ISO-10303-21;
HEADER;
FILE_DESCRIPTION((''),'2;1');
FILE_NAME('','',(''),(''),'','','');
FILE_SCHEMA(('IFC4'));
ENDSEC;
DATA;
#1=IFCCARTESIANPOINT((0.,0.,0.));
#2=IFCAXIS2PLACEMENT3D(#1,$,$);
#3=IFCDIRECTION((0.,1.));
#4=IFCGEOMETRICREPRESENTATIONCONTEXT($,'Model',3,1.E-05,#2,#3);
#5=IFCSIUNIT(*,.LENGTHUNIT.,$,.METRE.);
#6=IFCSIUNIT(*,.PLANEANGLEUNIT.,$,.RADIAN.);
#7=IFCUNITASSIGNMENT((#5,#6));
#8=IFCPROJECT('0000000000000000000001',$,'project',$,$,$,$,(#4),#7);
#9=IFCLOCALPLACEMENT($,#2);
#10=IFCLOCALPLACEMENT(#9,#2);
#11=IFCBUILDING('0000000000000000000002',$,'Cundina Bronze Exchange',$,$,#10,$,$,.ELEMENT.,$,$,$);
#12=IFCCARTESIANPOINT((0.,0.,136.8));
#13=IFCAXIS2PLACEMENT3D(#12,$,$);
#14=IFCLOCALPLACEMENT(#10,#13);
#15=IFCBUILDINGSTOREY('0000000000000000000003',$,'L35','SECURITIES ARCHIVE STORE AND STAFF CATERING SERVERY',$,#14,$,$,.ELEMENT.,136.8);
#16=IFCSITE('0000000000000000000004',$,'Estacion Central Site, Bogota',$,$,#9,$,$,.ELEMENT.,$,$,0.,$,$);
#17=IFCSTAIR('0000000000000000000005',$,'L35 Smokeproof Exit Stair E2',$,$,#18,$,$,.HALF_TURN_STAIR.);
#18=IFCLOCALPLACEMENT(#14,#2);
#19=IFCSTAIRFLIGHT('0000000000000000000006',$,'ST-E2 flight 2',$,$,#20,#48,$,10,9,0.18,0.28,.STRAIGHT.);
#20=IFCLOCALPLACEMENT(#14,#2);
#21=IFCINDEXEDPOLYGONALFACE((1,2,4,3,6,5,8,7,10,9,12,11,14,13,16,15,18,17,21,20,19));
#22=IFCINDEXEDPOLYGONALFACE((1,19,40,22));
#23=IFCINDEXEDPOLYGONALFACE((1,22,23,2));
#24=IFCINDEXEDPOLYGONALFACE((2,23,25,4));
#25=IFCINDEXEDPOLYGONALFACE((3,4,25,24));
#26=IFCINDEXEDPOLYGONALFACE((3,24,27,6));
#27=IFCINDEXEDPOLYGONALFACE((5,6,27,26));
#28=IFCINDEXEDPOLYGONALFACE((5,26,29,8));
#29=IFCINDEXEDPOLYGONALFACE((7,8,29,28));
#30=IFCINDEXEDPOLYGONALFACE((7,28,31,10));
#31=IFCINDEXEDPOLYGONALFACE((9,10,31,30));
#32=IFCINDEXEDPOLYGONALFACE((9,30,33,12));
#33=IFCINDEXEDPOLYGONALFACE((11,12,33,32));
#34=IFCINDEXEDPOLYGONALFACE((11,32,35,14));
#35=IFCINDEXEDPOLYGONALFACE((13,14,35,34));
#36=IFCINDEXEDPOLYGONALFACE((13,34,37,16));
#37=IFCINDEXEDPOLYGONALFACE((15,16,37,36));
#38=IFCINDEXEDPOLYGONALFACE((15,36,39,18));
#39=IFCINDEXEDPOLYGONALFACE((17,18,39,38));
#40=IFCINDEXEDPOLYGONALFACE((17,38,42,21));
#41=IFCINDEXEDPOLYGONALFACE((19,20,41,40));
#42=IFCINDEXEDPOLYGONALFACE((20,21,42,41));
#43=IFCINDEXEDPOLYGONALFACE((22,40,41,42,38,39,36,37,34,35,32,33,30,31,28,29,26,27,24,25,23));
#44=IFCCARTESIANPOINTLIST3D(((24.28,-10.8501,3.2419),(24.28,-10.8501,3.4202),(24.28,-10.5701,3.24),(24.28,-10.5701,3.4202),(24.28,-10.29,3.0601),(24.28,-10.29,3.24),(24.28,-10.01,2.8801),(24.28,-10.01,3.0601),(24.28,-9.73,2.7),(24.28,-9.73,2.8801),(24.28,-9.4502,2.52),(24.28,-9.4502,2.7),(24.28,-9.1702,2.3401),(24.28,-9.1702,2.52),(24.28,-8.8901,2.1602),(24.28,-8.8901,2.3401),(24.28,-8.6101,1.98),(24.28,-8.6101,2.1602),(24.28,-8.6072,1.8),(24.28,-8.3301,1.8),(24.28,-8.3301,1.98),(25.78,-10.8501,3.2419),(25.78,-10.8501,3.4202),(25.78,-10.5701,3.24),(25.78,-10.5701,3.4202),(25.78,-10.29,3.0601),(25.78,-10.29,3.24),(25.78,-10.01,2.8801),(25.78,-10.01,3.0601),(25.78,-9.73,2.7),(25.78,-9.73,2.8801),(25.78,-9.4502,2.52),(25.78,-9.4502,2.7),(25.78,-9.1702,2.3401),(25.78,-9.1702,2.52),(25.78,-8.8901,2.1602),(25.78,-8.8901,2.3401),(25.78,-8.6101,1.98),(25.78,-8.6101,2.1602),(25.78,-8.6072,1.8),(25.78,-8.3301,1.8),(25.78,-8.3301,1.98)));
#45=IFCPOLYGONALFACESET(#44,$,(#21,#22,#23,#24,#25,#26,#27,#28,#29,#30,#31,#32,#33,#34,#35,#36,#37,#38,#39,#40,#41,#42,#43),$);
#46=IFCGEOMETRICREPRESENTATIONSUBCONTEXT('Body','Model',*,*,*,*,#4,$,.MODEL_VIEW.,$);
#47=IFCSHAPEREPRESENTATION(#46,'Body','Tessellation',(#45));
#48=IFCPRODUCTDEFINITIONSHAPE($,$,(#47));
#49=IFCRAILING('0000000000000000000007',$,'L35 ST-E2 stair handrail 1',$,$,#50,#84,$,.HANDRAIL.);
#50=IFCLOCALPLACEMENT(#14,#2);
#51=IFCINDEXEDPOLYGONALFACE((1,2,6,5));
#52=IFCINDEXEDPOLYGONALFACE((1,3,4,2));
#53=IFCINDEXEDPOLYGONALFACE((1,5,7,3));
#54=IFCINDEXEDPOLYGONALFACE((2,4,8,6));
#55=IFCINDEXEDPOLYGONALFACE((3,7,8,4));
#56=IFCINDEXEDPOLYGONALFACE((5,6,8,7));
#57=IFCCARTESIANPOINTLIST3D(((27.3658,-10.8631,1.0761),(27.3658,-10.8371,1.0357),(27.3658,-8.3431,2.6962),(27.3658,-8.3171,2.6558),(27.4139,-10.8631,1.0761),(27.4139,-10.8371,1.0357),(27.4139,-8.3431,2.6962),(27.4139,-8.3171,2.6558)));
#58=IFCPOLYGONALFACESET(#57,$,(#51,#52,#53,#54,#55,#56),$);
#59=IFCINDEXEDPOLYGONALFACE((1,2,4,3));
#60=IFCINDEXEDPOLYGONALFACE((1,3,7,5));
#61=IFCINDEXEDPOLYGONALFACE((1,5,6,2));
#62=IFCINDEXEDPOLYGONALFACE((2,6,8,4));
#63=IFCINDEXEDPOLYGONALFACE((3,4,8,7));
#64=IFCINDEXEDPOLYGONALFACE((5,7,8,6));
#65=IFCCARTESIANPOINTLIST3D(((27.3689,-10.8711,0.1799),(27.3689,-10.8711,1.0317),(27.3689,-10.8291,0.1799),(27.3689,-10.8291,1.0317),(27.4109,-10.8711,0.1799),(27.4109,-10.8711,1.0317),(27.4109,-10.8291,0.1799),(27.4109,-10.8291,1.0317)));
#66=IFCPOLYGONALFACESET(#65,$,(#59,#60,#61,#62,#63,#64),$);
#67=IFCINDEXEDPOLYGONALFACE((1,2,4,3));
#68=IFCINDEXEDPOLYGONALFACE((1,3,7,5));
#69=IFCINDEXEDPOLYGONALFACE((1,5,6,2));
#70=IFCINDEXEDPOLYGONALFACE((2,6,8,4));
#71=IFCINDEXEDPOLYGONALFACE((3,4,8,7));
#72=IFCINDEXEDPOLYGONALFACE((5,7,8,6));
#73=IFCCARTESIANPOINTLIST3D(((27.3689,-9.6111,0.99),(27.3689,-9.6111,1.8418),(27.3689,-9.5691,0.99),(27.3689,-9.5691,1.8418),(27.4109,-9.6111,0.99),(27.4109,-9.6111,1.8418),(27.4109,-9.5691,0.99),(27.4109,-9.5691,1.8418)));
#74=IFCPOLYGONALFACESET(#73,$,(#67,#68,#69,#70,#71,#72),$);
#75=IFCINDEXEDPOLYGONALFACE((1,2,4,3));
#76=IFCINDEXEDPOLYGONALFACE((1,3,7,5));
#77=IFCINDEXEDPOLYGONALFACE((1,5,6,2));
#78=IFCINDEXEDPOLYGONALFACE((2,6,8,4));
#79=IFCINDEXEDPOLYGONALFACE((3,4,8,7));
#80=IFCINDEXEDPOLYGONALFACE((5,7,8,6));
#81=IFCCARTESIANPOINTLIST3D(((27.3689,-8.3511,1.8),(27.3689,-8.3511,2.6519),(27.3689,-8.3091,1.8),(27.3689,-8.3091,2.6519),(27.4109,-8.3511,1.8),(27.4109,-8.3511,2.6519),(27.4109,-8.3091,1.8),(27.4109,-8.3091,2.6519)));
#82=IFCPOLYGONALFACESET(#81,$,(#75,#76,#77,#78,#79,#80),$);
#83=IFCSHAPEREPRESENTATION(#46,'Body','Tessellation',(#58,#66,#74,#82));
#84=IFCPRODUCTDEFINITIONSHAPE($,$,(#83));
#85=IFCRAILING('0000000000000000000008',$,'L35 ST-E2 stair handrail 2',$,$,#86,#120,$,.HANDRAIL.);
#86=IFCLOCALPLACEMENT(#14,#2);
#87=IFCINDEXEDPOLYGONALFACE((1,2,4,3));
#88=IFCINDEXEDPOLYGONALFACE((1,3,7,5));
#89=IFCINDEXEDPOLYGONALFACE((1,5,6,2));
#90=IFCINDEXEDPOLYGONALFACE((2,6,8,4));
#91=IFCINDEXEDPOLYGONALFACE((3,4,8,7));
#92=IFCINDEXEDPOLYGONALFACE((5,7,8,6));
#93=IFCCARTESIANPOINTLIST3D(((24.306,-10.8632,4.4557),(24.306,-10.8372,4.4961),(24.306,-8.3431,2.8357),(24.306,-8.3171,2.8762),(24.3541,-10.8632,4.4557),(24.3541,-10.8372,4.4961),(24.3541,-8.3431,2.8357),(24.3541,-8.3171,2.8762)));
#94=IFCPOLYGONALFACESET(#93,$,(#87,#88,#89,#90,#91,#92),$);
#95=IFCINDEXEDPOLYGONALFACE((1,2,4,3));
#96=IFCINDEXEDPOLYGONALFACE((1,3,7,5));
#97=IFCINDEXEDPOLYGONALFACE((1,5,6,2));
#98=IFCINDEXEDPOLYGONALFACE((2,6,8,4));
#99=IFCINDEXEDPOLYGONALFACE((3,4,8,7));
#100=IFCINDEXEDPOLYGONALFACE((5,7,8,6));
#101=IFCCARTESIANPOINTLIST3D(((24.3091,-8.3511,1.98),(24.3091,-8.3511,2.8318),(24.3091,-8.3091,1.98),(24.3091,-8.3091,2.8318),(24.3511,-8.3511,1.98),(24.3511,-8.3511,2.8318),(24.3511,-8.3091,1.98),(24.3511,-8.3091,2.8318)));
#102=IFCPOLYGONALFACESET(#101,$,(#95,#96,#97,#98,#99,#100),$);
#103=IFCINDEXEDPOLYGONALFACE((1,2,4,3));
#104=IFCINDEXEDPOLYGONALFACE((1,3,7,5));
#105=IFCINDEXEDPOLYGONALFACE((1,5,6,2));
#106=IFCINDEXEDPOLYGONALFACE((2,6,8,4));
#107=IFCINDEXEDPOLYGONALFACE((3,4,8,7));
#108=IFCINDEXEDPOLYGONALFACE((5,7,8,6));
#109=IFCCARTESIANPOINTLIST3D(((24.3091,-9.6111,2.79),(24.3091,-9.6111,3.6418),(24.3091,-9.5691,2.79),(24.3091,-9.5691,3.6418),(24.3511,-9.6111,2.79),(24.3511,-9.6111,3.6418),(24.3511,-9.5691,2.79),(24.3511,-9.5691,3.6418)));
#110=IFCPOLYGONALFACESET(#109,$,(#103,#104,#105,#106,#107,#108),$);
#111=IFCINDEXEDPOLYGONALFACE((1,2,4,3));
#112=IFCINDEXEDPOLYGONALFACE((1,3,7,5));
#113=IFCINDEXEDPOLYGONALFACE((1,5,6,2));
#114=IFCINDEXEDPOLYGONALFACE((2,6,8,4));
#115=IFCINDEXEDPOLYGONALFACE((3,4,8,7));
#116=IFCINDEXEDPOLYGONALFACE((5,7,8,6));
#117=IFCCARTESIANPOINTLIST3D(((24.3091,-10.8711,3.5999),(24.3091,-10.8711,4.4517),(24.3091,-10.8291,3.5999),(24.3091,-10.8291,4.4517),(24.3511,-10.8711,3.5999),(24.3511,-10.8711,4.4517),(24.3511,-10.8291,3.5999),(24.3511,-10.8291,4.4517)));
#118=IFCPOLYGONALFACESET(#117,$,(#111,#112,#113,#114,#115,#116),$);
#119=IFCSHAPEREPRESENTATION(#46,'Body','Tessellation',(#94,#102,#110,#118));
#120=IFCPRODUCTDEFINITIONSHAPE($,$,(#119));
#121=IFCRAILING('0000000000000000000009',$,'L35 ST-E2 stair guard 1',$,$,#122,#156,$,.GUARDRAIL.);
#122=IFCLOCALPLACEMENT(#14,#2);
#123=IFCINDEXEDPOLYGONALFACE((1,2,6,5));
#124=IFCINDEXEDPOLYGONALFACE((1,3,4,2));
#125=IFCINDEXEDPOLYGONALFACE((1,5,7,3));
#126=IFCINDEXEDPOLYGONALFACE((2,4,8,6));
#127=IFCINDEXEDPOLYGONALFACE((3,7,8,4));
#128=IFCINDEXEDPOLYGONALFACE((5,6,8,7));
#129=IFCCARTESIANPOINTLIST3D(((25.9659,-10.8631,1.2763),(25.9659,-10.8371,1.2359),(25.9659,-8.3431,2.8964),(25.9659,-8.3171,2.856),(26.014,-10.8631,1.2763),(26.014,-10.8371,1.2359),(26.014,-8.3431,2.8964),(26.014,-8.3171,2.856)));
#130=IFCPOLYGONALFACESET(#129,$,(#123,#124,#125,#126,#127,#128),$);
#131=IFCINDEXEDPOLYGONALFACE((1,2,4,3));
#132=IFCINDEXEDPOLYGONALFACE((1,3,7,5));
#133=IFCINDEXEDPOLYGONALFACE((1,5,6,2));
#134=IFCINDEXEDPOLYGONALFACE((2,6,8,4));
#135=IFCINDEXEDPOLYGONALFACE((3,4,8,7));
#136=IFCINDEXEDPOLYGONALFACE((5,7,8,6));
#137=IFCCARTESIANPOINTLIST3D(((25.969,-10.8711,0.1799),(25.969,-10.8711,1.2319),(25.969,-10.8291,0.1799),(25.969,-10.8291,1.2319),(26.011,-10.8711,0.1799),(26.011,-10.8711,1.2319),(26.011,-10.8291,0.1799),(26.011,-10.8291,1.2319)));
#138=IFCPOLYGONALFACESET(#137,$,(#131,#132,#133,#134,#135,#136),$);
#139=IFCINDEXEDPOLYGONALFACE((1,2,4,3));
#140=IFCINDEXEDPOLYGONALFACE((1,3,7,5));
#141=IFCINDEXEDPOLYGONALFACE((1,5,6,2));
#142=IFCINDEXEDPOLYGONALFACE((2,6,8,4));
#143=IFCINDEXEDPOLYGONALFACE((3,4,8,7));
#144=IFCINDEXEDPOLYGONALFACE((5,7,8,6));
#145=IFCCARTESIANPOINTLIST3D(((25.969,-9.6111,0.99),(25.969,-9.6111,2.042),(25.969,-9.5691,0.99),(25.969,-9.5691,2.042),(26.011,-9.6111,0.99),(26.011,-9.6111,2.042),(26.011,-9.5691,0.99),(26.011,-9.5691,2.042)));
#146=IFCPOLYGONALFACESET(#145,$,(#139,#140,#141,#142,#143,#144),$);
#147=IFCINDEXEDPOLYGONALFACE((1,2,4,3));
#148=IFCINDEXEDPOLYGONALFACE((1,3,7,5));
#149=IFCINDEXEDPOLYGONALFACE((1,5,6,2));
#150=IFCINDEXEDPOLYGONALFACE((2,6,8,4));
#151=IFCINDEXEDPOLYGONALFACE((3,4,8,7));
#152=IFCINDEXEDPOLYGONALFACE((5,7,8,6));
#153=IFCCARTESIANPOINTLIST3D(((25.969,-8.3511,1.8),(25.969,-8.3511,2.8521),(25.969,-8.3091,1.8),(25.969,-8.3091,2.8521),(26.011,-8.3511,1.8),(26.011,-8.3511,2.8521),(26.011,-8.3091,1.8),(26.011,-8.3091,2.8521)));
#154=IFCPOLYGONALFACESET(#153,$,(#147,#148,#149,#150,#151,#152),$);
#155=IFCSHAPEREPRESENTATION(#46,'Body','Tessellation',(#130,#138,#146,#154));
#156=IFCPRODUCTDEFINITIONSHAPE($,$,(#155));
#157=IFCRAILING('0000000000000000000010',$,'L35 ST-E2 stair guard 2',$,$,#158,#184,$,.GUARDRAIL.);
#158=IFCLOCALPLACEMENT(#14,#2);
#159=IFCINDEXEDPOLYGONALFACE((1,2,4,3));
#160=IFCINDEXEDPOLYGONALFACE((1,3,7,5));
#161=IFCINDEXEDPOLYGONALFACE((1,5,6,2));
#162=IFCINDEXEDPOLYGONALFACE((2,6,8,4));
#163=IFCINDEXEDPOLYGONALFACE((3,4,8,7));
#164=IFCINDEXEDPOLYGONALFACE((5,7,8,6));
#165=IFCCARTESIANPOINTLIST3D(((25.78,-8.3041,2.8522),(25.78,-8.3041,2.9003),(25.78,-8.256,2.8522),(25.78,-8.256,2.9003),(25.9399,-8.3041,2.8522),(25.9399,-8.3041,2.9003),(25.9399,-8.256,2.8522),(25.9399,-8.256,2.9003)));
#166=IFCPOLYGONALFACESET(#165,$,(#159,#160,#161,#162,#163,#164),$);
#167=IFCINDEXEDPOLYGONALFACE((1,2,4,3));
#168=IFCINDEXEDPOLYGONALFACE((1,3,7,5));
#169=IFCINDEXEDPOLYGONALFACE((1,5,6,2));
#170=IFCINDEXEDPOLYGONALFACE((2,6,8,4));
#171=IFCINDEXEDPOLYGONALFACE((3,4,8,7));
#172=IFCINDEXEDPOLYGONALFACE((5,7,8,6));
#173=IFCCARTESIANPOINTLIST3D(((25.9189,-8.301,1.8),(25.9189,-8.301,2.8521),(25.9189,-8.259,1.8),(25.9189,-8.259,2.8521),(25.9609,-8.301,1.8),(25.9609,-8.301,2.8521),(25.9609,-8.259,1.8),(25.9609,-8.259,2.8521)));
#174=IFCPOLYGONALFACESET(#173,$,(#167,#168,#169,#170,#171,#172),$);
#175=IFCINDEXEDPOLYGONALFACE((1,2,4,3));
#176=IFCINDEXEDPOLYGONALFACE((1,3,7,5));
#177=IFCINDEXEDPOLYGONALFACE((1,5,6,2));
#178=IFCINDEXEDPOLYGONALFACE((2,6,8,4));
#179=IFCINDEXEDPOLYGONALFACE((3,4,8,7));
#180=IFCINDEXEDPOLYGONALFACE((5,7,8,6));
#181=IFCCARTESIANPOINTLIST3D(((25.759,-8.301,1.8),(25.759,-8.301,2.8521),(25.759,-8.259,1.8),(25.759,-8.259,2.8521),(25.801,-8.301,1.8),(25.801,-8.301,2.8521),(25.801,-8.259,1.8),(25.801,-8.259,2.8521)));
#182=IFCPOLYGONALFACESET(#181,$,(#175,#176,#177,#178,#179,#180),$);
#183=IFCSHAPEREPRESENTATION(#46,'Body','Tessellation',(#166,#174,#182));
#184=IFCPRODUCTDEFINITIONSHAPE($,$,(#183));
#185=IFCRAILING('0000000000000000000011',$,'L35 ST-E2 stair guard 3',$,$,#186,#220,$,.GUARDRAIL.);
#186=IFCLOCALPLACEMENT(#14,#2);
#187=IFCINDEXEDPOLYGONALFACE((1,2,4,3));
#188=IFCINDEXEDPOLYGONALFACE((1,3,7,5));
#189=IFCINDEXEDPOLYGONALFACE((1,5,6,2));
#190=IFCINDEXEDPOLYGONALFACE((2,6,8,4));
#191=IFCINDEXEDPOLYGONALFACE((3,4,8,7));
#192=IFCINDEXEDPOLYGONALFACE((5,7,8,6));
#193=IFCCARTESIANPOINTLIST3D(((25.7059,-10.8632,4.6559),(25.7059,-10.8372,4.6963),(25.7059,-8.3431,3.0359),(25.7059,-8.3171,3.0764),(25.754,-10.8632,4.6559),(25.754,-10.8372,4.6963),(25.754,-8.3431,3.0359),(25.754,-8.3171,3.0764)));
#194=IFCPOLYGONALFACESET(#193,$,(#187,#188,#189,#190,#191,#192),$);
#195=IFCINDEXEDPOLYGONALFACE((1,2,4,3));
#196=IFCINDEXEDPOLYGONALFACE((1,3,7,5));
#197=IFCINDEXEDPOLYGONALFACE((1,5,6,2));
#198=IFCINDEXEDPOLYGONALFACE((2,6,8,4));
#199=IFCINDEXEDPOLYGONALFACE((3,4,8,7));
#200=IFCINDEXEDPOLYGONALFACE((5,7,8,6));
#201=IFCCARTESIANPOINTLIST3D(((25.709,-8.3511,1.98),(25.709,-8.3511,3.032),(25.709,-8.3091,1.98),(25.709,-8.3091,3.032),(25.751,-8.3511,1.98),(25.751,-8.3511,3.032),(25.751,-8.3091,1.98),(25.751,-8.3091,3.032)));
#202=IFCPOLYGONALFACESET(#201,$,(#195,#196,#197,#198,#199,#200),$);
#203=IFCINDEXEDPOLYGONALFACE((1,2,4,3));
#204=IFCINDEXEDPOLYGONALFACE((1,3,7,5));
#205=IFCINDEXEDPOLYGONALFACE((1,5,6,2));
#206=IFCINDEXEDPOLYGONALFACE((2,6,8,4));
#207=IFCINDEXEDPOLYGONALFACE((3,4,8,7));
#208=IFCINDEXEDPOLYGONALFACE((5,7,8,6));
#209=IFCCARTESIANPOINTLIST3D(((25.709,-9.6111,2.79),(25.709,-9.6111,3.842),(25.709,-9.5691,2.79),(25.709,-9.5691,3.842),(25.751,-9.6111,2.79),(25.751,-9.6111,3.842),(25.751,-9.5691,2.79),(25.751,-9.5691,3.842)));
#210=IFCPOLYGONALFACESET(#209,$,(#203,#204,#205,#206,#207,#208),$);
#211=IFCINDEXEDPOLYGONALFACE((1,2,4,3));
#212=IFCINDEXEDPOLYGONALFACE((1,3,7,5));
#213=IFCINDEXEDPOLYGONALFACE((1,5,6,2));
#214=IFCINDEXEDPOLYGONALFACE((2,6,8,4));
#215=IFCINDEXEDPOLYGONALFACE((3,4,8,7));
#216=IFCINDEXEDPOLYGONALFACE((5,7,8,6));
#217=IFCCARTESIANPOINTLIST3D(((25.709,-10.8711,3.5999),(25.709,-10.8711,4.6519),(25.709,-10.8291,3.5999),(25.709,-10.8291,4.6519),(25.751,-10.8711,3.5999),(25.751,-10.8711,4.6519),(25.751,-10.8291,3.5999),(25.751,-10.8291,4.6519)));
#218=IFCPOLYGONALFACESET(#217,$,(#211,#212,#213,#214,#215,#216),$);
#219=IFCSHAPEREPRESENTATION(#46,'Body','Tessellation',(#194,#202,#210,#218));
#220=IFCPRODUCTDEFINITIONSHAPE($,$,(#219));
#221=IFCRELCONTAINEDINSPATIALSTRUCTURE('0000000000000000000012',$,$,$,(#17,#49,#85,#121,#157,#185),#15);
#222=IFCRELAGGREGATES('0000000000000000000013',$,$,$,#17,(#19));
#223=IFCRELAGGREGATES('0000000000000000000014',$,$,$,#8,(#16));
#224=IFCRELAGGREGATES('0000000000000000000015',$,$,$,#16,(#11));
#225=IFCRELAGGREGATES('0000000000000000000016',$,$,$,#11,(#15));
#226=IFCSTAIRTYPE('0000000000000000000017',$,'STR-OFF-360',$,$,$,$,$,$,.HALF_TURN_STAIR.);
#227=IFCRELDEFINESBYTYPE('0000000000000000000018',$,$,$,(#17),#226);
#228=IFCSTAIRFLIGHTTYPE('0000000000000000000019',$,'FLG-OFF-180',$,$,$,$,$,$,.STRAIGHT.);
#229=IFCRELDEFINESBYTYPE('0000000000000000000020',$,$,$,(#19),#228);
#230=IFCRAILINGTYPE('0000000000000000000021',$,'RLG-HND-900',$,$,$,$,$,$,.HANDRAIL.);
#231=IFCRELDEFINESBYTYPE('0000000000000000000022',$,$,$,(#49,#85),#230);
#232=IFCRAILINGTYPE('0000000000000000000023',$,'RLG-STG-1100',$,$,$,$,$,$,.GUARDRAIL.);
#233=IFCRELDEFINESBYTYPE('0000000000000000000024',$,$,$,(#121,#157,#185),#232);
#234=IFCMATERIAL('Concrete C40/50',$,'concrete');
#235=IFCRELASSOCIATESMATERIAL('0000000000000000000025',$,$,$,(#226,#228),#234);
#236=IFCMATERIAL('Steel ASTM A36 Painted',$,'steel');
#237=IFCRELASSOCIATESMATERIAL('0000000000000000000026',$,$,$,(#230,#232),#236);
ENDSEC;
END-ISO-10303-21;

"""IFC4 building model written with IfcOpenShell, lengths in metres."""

from ifc_helpers import new_model, si_unit, direction, frame, origin, origin_2d, place, context, subcontext, project, spatial, polyline, rectangle, outline, extrude, material, type_object, element, aggregate, save


model = new_model("IFC4")

# Units and contexts
model_context = context("Model", 3, precision=1e-05, world=origin(), true_north=direction((0.0, 1.0)))
body_context = subcontext(model_context, "Body", "Model", "MODEL_VIEW")
ifc_project = project(units=[si_unit("LENGTHUNIT", "METRE"), si_unit("PLANEANGLEUNIT", "RADIAN")], contexts=[model_context])

# Site, building, storey
site_placement = place(None, origin())
site = spatial("IfcSite", under=ifc_project, at=site_placement, Name="Estacion Central Site, Bogota", CompositionType="ELEMENT", RefElevation=0.0)
building_placement = place(site_placement, origin())
building = spatial("IfcBuilding", under=site, at=building_placement, Name="Cundina Bronze Exchange", CompositionType="ELEMENT")
storey_placement = place(building_placement, frame((0.0, 0.0, 136.8)))
storey = spatial("IfcBuildingStorey", under=building, at=storey_placement, Name="L35", Description="SECURITIES ARCHIVE STORE AND STAFF CATERING SERVERY", CompositionType="ELEMENT", Elevation=136.8)

# Shared definitions
ifc_material_1 = material(Name="Steel ASTM A36 Painted", Category="steel")

# Stair, stair flight
ifc_material_2 = material(Name="Concrete C40/50", Category="concrete")
stair_type = type_object("IfcStairType", Name="STR-OFF-360", PredefinedType="HALF_TURN_STAIR", material=ifc_material_2)
stair_placement = place(storey_placement, origin())
stair = element("IfcStair", 1, at=stair_placement, inside=storey, type_object=stair_type, Name="L35 Smokeproof Exit Stair E2", PredefinedType="HALF_TURN_STAIR")
stair_flight_type = type_object("IfcStairFlightType", Name="FLG-OFF-180", PredefinedType="STRAIGHT", material=ifc_material_2)
stair_flight_1_placement = place(storey_placement, frame((25.03, -8.3301, 1.8), z_axis=(0.0, 0.0, 1.0), x_axis=(0.0, -1.0, 0.0)))
stair_flight_1 = element("IfcStairFlight", 2, at=stair_flight_1_placement, type_object=stair_flight_type, Name="ST-E2 flight 2", NumberOfRisers=10, NumberOfTreads=9, PredefinedType="STRAIGHT", RiserHeight=0.18, TreadLength=0.28, context=body_context, shape_type="SweptSolid", body=[
    extrude(outline(polyline([(0.0, 0.0), (0.0, 0.1799), (0.28, 0.1799), (0.28, 0.3601), (0.5601, 0.3601), (0.5601, 0.54), (0.8401, 0.54), (0.8401, 0.72), (1.1201, 0.72), (1.1201, 0.8999), (1.3999, 0.8999), (1.3999, 1.0801), (1.6799, 1.0801), (1.6799, 1.26), (1.96, 1.26), (1.96, 1.4399), (2.24, 1.4399), (2.24, 1.6201), (2.52, 1.6201), (2.52, 1.8), (2.52, 1.4419), (0.2771, 0.0), (0.0, 0.0)])), frame((0.0, 0.75, 0.0), z_axis=(0.0, -1.0, 0.0), x_axis=(1.0, 0.0, 0.0)), (0.0, 0.0, 1.0), 1.5),
])
aggregate(stair, [stair_flight_1])

# Railings
railing_type_1 = type_object("IfcRailingType", Name="RLG-HND-900", PredefinedType="HANDRAIL", material=ifc_material_1)
railing_1_placement = place(storey_placement, frame((27.3899, -10.8501, 0.1799)))
element("IfcRailing", 3, at=railing_1_placement, inside=storey, type_object=railing_type_1, Name="L35 ST-E2 stair handrail 1", PredefinedType="HANDRAIL", context=body_context, shape_type="SweptSolid", body=[
    extrude(rectangle(XDim=0.0481, YDim=0.0481, at=origin_2d()), frame((0.0, 0.0, 0.876), z_axis=(0.0, 0.841163, 0.540782), x_axis=(-1.0, 0.0, 0.0)), (0.0, 0.0, 1.0), 2.9958),
    extrude(rectangle(XDim=0.042, YDim=0.042, at=origin_2d()), origin(), (0.0, 0.0, 1.0), 0.8518),
    extrude(rectangle(XDim=0.042, YDim=0.042, at=origin_2d()), frame((0.0, 1.26, 0.8101)), (0.0, 0.0, 1.0), 0.8518),
    extrude(rectangle(XDim=0.042, YDim=0.042, at=origin_2d()), frame((0.0, 2.52, 1.6201)), (0.0, 0.0, 1.0), 0.8518),
])
railing_2_placement = place(storey_placement, frame((24.3301, -8.3301, 1.98)))
element("IfcRailing", 4, at=railing_2_placement, inside=storey, type_object=railing_type_1, Name="L35 ST-E2 stair handrail 2", PredefinedType="HANDRAIL", context=body_context, shape_type="SweptSolid", body=[
    extrude(rectangle(XDim=0.0481, YDim=0.0481, at=origin_2d()), frame((0.0, 0.0, 0.876), z_axis=(0.0, -0.8412, 0.540725), x_axis=(1.0, 0.0, 0.0)), (0.0, 0.0, 1.0), 2.9958),
    extrude(rectangle(XDim=0.042, YDim=0.042, at=origin_2d()), origin(), (0.0, 0.0, 1.0), 0.8518),
    extrude(rectangle(XDim=0.042, YDim=0.042, at=origin_2d()), frame((0.0, -1.26, 0.8101)), (0.0, 0.0, 1.0), 0.8518),
    extrude(rectangle(XDim=0.042, YDim=0.042, at=origin_2d()), frame((0.0, -2.52, 1.6199)), (0.0, 0.0, 1.0), 0.8518),
])
railing_type_2 = type_object("IfcRailingType", Name="RLG-STG-1100", PredefinedType="GUARDRAIL", material=ifc_material_1)
railing_3_placement = place(storey_placement, frame((25.99, -10.8501, 0.1799)))
element("IfcRailing", 5, at=railing_3_placement, inside=storey, type_object=railing_type_2, Name="L35 ST-E2 stair guard 1", PredefinedType="GUARDRAIL", context=body_context, shape_type="SweptSolid", body=[
    extrude(rectangle(XDim=0.0481, YDim=0.0481, at=origin_2d()), frame((0.0, 0.0, 1.0762), z_axis=(0.0, 0.841163, 0.540782), x_axis=(-1.0, 0.0, 0.0)), (0.0, 0.0, 1.0), 2.9958),
    extrude(rectangle(XDim=0.042, YDim=0.042, at=origin_2d()), origin(), (0.0, 0.0, 1.0), 1.052),
    extrude(rectangle(XDim=0.042, YDim=0.042, at=origin_2d()), frame((0.0, 1.26, 0.8101)), (0.0, 0.0, 1.0), 1.052),
    extrude(rectangle(XDim=0.042, YDim=0.042, at=origin_2d()), frame((0.0, 2.52, 1.6201)), (0.0, 0.0, 1.0), 1.052),
])
railing_4_placement = place(storey_placement, frame((25.9399, -8.28, 1.8)))
element("IfcRailing", 6, at=railing_4_placement, inside=storey, type_object=railing_type_2, Name="L35 ST-E2 stair guard 2", PredefinedType="GUARDRAIL", context=body_context, shape_type="SweptSolid", body=[
    extrude(rectangle(XDim=0.0481, YDim=0.0481, at=origin_2d()), frame((0.0, 0.0, 1.0762), z_axis=(-1.0, 0.0, 0.0), x_axis=(0.0, -1.0, 0.0)), (0.0, 0.0, 1.0), 0.1599),
    extrude(rectangle(XDim=0.042, YDim=0.042, at=origin_2d()), origin(), (0.0, 0.0, 1.0), 1.052),
    extrude(rectangle(XDim=0.042, YDim=0.042, at=origin_2d()), frame((-0.1599, 0.0, 0.0)), (0.0, 0.0, 1.0), 1.052),
])
railing_5_placement = place(storey_placement, frame((25.73, -8.3301, 1.98)))
element("IfcRailing", 7, at=railing_5_placement, inside=storey, type_object=railing_type_2, Name="L35 ST-E2 stair guard 3", PredefinedType="GUARDRAIL", context=body_context, shape_type="SweptSolid", body=[
    extrude(rectangle(XDim=0.0481, YDim=0.0481, at=origin_2d()), frame((0.0, 0.0, 1.0762), z_axis=(0.0, -0.8412, 0.540725), x_axis=(1.0, 0.0, 0.0)), (0.0, 0.0, 1.0), 2.9958),
    extrude(rectangle(XDim=0.042, YDim=0.042, at=origin_2d()), origin(), (0.0, 0.0, 1.0), 1.052),
    extrude(rectangle(XDim=0.042, YDim=0.042, at=origin_2d()), frame((0.0, -1.26, 0.8101)), (0.0, 0.0, 1.0), 1.052),
    extrude(rectangle(XDim=0.042, YDim=0.042, at=origin_2d()), frame((0.0, -2.52, 1.6199)), (0.0, 0.0, 1.0), 1.052),
])

save(model, "model.ifc")
